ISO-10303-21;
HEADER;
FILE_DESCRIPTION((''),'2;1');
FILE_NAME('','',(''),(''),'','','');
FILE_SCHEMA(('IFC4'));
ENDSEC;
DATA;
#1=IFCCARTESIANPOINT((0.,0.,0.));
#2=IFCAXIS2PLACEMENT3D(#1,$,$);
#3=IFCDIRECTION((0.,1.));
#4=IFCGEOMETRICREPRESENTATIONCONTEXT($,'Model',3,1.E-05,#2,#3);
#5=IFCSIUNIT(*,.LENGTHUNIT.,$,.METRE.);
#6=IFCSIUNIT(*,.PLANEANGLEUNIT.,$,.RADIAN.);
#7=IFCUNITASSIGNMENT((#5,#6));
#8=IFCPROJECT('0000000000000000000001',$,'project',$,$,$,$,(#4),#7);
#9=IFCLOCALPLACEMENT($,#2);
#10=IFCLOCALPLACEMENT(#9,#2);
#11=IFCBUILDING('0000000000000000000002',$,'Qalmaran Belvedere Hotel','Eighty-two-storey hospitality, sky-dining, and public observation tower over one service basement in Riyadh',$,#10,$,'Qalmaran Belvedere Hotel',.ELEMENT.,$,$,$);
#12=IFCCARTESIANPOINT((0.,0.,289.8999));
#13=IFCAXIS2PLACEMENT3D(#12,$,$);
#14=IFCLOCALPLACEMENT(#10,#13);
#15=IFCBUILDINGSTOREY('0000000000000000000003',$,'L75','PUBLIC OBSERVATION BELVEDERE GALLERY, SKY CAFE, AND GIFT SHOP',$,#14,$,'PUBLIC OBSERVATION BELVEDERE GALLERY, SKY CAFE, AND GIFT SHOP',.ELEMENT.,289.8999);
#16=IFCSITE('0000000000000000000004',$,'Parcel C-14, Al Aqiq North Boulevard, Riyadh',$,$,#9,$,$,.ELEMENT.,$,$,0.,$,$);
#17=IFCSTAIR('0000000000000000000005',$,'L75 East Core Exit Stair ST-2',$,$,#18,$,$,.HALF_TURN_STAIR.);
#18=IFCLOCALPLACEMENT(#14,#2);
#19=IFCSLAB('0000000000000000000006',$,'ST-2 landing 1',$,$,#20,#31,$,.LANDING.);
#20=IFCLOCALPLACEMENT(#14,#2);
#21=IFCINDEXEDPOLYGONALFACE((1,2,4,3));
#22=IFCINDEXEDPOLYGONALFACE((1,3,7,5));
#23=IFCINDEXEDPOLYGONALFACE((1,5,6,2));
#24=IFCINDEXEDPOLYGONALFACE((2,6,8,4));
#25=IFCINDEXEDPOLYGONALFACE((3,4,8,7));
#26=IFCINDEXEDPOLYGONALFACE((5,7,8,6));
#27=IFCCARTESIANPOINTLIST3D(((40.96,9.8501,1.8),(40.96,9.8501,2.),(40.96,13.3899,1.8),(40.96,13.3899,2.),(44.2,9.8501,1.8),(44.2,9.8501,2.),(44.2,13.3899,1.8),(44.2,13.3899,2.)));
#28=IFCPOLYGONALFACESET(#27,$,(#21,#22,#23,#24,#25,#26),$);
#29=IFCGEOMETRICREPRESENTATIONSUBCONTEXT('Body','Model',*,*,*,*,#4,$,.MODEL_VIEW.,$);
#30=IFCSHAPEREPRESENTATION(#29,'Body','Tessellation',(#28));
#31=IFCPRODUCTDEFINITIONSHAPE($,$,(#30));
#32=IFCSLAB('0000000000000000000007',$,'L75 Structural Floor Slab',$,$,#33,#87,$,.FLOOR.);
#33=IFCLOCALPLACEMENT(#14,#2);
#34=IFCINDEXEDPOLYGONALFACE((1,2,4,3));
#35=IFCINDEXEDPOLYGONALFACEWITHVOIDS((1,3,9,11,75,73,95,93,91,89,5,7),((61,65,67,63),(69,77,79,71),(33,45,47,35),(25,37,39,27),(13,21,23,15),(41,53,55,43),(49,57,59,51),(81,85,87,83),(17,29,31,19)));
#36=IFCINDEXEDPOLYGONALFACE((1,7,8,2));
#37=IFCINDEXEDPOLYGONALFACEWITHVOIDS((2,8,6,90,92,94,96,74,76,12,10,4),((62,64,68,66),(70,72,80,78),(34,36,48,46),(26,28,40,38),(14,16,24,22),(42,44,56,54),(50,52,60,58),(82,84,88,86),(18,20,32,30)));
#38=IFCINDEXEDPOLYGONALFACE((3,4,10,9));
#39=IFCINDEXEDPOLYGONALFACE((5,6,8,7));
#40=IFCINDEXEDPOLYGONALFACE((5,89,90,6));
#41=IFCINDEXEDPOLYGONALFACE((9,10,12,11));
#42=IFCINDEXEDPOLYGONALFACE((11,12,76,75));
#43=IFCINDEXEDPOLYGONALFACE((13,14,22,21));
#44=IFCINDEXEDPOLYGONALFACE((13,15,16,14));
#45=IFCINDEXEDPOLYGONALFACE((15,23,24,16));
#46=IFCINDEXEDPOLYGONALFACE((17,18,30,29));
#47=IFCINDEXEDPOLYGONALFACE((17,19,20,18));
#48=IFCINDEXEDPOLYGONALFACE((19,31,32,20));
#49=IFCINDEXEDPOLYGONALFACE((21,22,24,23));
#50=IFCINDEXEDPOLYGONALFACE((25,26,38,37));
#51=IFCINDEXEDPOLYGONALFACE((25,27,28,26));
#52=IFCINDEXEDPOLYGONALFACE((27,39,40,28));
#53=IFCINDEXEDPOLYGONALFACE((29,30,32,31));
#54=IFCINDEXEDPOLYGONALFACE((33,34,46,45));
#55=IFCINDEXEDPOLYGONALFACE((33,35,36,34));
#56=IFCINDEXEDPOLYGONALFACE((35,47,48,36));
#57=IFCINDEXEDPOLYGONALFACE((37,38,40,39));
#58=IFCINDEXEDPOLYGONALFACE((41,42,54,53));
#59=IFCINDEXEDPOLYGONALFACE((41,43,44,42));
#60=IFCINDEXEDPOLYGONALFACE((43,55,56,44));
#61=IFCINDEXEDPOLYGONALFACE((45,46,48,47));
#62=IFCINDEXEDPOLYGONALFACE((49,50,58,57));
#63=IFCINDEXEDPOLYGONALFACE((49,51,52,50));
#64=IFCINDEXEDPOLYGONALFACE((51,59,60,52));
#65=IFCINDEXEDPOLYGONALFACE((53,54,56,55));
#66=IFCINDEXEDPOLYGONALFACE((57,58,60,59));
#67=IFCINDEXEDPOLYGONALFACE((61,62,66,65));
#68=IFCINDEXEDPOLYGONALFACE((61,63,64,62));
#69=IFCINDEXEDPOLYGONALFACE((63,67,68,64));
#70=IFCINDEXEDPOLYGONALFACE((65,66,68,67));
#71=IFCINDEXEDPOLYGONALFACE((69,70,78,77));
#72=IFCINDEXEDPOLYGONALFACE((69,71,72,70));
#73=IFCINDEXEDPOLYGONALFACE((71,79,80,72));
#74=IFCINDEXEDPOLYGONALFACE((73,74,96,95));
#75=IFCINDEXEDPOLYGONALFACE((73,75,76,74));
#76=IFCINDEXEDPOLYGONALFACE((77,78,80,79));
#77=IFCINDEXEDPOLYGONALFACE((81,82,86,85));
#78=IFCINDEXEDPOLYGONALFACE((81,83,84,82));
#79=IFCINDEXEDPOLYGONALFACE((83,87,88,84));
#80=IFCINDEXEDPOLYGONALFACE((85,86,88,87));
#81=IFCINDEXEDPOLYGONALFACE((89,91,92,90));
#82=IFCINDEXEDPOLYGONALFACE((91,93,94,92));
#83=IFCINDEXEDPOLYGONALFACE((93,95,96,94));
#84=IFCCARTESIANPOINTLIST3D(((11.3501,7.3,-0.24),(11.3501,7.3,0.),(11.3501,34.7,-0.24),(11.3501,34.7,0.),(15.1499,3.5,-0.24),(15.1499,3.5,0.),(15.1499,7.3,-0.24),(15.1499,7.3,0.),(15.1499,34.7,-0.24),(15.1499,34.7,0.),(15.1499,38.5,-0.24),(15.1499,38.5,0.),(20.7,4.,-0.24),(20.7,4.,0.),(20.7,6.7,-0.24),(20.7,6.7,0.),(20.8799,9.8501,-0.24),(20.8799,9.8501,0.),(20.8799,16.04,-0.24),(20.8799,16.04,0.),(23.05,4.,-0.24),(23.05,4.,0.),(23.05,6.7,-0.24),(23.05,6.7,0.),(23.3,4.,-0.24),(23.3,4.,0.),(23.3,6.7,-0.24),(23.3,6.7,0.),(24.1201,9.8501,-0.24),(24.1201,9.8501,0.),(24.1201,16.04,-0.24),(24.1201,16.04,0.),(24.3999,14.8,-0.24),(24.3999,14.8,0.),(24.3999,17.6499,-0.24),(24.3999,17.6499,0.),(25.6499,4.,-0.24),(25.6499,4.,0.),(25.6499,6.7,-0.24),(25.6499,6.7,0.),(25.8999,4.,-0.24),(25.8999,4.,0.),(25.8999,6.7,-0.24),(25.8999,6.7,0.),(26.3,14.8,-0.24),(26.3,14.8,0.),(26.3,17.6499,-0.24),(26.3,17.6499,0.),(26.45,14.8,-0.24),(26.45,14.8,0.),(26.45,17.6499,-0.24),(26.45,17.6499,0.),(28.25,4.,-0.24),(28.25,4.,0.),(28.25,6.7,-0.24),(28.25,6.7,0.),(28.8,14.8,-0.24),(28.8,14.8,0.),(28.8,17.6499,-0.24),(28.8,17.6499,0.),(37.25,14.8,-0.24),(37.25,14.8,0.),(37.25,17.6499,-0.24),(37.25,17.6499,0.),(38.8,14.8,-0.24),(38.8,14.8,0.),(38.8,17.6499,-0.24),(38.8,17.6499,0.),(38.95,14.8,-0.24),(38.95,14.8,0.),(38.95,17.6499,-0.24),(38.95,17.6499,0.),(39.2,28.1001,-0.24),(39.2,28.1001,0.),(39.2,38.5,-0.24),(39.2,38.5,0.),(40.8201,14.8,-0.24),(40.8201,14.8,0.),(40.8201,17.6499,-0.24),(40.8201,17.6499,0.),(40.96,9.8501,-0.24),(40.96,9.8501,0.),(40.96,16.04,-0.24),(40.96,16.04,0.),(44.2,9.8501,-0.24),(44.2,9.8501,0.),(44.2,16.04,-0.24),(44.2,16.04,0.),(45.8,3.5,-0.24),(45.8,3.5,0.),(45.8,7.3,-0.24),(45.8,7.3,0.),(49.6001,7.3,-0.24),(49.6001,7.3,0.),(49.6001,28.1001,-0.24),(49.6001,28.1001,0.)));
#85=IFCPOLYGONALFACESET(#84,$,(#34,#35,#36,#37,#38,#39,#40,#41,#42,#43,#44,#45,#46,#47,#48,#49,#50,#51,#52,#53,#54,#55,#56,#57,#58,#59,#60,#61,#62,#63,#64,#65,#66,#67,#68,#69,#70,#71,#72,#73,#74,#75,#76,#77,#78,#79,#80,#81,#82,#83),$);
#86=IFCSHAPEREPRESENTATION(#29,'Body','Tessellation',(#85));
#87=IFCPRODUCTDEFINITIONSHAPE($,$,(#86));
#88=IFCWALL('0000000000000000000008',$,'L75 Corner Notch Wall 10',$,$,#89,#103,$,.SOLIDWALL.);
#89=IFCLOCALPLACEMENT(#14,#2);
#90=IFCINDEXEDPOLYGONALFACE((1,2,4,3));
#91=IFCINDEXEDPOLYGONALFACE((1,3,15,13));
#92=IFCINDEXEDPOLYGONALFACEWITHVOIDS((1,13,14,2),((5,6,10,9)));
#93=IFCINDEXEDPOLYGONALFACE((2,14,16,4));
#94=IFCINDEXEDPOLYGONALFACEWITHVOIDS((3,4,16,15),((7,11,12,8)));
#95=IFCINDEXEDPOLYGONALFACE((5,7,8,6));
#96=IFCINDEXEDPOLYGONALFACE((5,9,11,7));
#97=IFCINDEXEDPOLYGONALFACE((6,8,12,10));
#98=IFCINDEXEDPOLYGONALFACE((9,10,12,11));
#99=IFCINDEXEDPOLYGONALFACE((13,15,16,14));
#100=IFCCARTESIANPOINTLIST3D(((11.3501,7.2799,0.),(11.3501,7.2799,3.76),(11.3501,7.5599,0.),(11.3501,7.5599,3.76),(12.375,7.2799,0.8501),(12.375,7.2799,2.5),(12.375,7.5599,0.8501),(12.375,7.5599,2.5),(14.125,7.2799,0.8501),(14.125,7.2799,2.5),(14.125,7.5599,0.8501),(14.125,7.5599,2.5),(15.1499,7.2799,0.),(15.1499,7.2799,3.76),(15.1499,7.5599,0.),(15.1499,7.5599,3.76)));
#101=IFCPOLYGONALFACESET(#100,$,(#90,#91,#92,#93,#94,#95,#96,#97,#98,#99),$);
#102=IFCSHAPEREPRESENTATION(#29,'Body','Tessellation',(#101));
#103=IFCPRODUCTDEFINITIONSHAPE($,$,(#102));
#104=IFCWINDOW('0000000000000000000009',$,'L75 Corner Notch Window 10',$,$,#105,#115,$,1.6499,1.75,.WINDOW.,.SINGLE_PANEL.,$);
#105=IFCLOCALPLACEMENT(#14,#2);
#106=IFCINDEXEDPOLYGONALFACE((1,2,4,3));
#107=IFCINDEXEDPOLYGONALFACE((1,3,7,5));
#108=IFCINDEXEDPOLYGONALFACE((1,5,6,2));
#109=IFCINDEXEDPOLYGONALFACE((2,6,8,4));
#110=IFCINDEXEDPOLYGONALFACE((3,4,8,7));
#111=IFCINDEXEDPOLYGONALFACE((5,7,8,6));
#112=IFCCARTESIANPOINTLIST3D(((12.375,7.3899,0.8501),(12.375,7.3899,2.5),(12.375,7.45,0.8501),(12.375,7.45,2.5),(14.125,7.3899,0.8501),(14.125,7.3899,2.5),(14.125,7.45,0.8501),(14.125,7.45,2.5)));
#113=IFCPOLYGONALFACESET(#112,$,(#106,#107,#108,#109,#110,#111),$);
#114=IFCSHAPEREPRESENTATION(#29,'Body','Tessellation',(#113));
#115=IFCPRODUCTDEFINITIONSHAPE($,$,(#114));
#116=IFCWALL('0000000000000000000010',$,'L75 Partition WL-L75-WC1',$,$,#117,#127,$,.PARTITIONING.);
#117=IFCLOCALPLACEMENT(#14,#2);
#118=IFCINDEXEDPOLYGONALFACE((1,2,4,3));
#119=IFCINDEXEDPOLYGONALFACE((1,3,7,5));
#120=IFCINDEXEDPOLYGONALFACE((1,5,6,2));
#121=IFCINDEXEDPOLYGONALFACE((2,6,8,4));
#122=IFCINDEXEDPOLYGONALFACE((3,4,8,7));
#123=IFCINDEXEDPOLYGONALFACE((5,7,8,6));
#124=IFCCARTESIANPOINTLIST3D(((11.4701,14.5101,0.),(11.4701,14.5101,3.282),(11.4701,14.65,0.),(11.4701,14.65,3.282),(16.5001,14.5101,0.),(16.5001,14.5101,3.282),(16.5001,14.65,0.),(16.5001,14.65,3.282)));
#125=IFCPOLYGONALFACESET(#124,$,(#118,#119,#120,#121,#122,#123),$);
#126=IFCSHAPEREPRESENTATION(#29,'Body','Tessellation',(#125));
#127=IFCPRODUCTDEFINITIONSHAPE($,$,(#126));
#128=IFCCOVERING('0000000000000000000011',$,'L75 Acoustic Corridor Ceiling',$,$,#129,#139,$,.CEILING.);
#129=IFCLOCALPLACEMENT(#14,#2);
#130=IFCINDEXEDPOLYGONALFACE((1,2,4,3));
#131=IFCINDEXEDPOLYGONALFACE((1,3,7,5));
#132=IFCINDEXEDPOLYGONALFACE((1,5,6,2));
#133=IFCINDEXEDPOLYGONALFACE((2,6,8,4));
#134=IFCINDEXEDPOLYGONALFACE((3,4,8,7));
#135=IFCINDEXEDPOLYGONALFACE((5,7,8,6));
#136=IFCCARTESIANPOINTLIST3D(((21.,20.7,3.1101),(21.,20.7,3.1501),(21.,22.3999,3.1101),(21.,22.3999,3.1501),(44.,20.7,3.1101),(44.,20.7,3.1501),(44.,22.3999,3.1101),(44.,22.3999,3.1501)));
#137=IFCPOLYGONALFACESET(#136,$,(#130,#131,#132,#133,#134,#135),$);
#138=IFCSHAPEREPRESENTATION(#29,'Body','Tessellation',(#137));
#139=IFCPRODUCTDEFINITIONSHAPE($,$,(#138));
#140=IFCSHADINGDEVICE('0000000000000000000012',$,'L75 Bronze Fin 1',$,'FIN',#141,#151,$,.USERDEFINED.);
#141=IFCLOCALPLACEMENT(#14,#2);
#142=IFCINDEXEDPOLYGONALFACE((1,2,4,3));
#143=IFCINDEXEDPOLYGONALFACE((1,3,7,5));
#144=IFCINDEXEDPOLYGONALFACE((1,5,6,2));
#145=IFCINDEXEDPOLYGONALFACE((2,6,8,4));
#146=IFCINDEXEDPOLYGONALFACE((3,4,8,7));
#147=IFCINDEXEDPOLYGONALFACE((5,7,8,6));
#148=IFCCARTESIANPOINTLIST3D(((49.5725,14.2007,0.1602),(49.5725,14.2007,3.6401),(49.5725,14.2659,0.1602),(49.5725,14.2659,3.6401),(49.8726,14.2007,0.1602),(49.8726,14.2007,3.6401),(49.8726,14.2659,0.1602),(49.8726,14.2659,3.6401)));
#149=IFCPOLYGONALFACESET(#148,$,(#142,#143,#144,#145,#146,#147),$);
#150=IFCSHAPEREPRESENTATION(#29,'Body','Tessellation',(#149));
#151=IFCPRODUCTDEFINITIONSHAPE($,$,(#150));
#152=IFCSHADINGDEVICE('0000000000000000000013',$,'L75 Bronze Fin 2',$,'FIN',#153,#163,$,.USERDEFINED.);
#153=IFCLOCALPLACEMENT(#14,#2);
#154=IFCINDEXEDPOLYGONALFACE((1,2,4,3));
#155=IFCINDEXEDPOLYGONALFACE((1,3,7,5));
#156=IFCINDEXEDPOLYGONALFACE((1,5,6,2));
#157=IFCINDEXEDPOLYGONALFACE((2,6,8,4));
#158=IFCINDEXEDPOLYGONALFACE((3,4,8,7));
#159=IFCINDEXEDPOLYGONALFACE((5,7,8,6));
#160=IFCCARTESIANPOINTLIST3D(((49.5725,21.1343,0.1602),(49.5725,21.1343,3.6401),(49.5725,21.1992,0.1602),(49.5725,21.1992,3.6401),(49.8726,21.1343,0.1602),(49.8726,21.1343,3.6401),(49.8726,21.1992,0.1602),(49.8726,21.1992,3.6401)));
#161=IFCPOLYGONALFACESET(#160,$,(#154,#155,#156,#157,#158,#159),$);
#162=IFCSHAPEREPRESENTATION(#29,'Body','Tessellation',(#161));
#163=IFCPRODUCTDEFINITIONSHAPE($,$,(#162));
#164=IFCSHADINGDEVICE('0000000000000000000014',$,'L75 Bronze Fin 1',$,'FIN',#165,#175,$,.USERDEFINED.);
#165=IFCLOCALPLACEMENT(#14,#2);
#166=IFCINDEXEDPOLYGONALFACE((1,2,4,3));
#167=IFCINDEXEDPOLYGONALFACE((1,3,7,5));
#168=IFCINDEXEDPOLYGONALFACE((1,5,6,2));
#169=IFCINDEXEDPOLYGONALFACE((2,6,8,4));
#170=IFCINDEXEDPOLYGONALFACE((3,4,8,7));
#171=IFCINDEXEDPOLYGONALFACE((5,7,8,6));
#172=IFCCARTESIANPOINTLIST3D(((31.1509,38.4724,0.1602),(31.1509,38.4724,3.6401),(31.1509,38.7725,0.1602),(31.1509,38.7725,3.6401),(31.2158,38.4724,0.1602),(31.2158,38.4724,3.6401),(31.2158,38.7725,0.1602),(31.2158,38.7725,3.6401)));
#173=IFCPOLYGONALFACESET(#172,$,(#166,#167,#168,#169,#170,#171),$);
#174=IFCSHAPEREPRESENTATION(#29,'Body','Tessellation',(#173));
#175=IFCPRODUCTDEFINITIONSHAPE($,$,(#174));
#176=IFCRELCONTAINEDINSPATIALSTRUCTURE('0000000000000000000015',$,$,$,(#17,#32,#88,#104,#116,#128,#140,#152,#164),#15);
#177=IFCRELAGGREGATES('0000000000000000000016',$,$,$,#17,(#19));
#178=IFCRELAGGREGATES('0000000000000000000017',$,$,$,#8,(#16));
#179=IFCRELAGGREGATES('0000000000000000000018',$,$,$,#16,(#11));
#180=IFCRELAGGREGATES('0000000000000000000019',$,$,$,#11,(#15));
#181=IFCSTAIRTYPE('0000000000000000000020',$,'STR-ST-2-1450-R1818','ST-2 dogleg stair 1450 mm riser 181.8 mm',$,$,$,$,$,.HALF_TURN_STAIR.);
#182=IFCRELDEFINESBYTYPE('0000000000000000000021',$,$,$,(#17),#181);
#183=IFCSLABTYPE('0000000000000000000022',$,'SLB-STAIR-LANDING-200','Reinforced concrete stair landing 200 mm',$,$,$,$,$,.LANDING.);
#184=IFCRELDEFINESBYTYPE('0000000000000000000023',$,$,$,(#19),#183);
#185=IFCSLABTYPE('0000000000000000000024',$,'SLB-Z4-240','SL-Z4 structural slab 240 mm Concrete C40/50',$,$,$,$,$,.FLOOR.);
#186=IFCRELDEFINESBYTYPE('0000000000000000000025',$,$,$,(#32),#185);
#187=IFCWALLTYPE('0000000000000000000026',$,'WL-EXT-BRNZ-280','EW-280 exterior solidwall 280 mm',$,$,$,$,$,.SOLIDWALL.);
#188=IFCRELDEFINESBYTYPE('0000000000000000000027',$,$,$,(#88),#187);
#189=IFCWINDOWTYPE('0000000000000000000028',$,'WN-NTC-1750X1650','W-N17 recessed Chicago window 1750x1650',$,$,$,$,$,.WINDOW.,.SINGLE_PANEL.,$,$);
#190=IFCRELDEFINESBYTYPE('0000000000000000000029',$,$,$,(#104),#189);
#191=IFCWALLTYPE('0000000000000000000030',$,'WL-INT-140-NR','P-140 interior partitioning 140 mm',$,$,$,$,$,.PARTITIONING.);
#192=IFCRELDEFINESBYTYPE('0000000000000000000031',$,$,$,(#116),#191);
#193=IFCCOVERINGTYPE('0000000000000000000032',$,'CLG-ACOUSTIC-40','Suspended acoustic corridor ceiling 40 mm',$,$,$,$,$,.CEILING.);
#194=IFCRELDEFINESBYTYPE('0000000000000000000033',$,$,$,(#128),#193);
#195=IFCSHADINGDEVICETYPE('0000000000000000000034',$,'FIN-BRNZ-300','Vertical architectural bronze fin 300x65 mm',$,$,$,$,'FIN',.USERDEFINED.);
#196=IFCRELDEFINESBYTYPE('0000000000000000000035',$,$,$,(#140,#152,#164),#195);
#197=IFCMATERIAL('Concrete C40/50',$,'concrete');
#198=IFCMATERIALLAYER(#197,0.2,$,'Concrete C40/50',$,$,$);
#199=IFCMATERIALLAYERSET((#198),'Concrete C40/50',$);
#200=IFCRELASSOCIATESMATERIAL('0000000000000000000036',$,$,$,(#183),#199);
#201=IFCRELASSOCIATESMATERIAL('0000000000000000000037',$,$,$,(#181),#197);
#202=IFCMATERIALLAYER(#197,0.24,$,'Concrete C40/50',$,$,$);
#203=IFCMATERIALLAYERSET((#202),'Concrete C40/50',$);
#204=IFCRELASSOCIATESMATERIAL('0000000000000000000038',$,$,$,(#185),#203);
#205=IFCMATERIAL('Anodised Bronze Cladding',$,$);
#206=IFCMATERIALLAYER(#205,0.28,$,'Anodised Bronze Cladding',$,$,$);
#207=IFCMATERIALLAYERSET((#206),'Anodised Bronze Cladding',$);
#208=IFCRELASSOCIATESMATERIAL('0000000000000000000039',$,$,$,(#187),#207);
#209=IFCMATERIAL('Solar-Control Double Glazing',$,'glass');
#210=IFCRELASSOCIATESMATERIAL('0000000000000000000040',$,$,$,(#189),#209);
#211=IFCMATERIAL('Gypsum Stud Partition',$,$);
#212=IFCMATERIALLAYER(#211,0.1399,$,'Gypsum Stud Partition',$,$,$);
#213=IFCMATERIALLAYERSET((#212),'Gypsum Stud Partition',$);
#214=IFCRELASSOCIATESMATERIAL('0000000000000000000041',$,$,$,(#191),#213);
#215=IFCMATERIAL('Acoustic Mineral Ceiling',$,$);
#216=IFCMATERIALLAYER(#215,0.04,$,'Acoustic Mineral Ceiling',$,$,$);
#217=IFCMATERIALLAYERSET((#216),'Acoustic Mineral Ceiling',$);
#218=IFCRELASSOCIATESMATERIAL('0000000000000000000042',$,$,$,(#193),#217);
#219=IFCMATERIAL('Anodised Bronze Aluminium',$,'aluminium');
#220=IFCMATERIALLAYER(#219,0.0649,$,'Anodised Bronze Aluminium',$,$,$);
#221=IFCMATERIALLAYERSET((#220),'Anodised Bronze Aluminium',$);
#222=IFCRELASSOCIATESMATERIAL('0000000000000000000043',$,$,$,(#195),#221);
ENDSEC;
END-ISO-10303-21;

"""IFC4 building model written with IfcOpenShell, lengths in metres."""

from ifc_helpers import new_model, si_unit, direction, frame, frame_2d, origin, place, context, subcontext, project, spatial, polyline, rectangle, outline, extrude, material, layer, layer_set, type_object, element, fill, aggregate, save


model = new_model("IFC4")

# Units and contexts
model_context = context("Model", 3, precision=1e-05, world=origin(), true_north=direction((0.0, 1.0)))
body_context = subcontext(model_context, "Body", "Model", "MODEL_VIEW")
ifc_project = project(units=[si_unit("LENGTHUNIT", "METRE"), si_unit("PLANEANGLEUNIT", "RADIAN")], contexts=[model_context])

# Site, building, storey
site_placement = place(None, origin())
site = spatial("IfcSite", under=ifc_project, at=site_placement, Name="Parcel C-14, Al Aqiq North Boulevard, Riyadh", CompositionType="ELEMENT", RefElevation=0.0)
building_placement = place(site_placement, origin())
building = spatial("IfcBuilding", under=site, at=building_placement, Name="Qalmaran Belvedere Hotel", Description="Eighty-two-storey hospitality, sky-dining, and public observation tower over one service basement in Riyadh", LongName="Qalmaran Belvedere Hotel", CompositionType="ELEMENT")
storey_placement = place(building_placement, frame((0.0, 0.0, 289.8999)))
storey = spatial("IfcBuildingStorey", under=building, at=storey_placement, Name="L75", Description="PUBLIC OBSERVATION BELVEDERE GALLERY, SKY CAFE, AND GIFT SHOP", LongName="PUBLIC OBSERVATION BELVEDERE GALLERY, SKY CAFE, AND GIFT SHOP", CompositionType="ELEMENT", Elevation=289.8999)

# Shared definitions
ifc_material_1 = material(Name="Anodised Bronze Aluminium", Category="aluminium")

# Shared definitions
ifc_material_2 = material(Name="Solar-Control Double Glazing", Category="glass")

# Stair, slab
ifc_material_3 = material(Name="Concrete C40/50", Category="concrete")
ifc_layer_1 = layer(ifc_material_3, 0.2, Name="Concrete C40/50")
ifc_layer_set_1 = layer_set([ifc_layer_1], Name="Concrete C40/50")
slab_type_1 = type_object("IfcSlabType", Name="SLB-STAIR-LANDING-200", Description="Reinforced concrete stair landing 200 mm", PredefinedType="LANDING", material=ifc_layer_set_1)
stair_type_1 = type_object("IfcStairType", Name="STR-ST-2-1450-R1818", Description="ST-2 dogleg stair 1450 mm riser 181.8 mm", PredefinedType="HALF_TURN_STAIR", material=ifc_material_3)
stair_1_placement = place(storey_placement, origin())
stair_1 = element("IfcStair", 1, at=stair_1_placement, inside=storey, type_object=stair_type_1, Name="L75 East Core Exit Stair ST-2", PredefinedType="HALF_TURN_STAIR")
slab_1_placement = place(storey_placement, frame((0.0, 0.0, 1.8)))
slab_1 = element("IfcSlab", 2, at=slab_1_placement, type_object=slab_type_1, Name="ST-2 landing 1", PredefinedType="LANDING", context=body_context, shape_type="SweptSolid", body=[
    extrude(outline(polyline([(40.96, 13.3899), (40.96, 9.8501), (44.2, 9.8501), (44.2, 13.3899), (40.96, 13.3899)])), origin(), (0.0, 0.0, 1.0), 0.2),
])
aggregate(stair_1, [slab_1])

# Slab
ifc_layer_2 = layer(ifc_material_3, 0.24, Name="Concrete C40/50")
ifc_layer_set_2 = layer_set([ifc_layer_2], Name="Concrete C40/50")
slab_type_2 = type_object("IfcSlabType", Name="SLB-Z4-240", Description="SL-Z4 structural slab 240 mm Concrete C40/50", PredefinedType="FLOOR", material=ifc_layer_set_2)
slab_2_placement = place(storey_placement, frame((0.0, 0.0, -0.24)))
element("IfcSlab", 3, at=slab_2_placement, inside=storey, type_object=slab_type_2, Name="L75 Structural Floor Slab", PredefinedType="FLOOR", context=body_context, shape_type="SweptSolid", body=[
    extrude(outline(polyline([(15.1499, 3.5), (45.8, 3.5), (45.8, 7.3), (49.6001, 7.3), (49.6001, 28.1001), (39.2, 28.1001), (39.2, 38.5), (15.1499, 38.5), (15.1499, 34.7), (11.3501, 34.7), (11.3501, 7.3), (15.1499, 7.3), (15.1499, 3.5)]), holes=[polyline([(20.8799, 9.8501), (24.1201, 9.8501), (24.1201, 16.04), (20.8799, 16.04), (20.8799, 9.8501)]), polyline([(40.96, 9.8501), (44.2, 9.8501), (44.2, 16.04), (40.96, 16.04), (40.96, 9.8501)]), polyline([(20.7, 4.0), (23.05, 4.0), (23.05, 6.7), (20.7, 6.7), (20.7, 4.0)]), polyline([(23.3, 4.0), (25.6499, 4.0), (25.6499, 6.7), (23.3, 6.7), (23.3, 4.0)]), polyline([(25.8999, 4.0), (28.25, 4.0), (28.25, 6.7), (25.8999, 6.7), (25.8999, 4.0)]), polyline([(24.3999, 14.8), (26.3, 14.8), (26.3, 17.6499), (24.3999, 17.6499), (24.3999, 14.8)]), polyline([(38.95, 14.8), (40.8201, 14.8), (40.8201, 17.6499), (38.95, 17.6499), (38.95, 14.8)]), polyline([(26.45, 14.8), (28.8, 14.8), (28.8, 17.6499), (26.45, 17.6499), (26.45, 14.8)]), polyline([(37.25, 14.8), (38.8, 14.8), (38.8, 17.6499), (37.25, 17.6499), (37.25, 14.8)])]), origin(), (0.0, 0.0, 1.0), 0.24),
])

# Wall, opening, window
ifc_material_4 = material(Name="Anodised Bronze Cladding")
ifc_layer_3 = layer(ifc_material_4, 0.28, Name="Anodised Bronze Cladding")
ifc_layer_set_3 = layer_set([ifc_layer_3], Name="Anodised Bronze Cladding")
wall_type_1 = type_object("IfcWallType", Name="WL-EXT-BRNZ-280", Description="EW-280 exterior solidwall 280 mm", PredefinedType="SOLIDWALL", material=ifc_layer_set_3)
wall_1_placement = place(storey_placement, frame((11.3501, 7.4199, 0.0), z_axis=(0.0, 0.0, 1.0), x_axis=(1.0, 0.0, 0.0)))
wall_1 = element("IfcWall", 4, at=wall_1_placement, inside=storey, type_object=wall_type_1, Name="L75 Corner Notch Wall 10", PredefinedType="SOLIDWALL", context=body_context, shape_type="SweptSolid", body=[
    extrude(rectangle(XDim=3.7998, YDim=0.28, at=frame_2d((1.8999, 0.0))), origin(), (0.0, 0.0, 1.0), 3.76),
])
opening_placement = place(wall_1_placement, frame((1.0249, 0.0, 0.8501)))
opening = element("IfcOpeningElement", 5, at=opening_placement, cuts=wall_1, PredefinedType="OPENING", context=body_context, shape_type="SweptSolid", body=[
    extrude(rectangle(XDim=1.75, YDim=1.6499, at=frame_2d((0.875, 0.825))), frame((0.0, 0.1499, 0.0), z_axis=(0.0, -1.0, 0.0), x_axis=(1.0, 0.0, 0.0)), (0.0, 0.0, 1.0), 0.3),
])
window_type = type_object("IfcWindowType", Name="WN-NTC-1750X1650", Description="W-N17 recessed Chicago window 1750x1650", PartitioningType="SINGLE_PANEL", PredefinedType="WINDOW", material=ifc_material_2)
window_placement = place(opening_placement, origin())
window = element("IfcWindow", 6, at=window_placement, inside=storey, type_object=window_type, Name="L75 Corner Notch Window 10", OverallHeight=1.6499, OverallWidth=1.75, PartitioningType="SINGLE_PANEL", PredefinedType="WINDOW", context=body_context, shape_type="SweptSolid", body=[
    extrude(rectangle(XDim=1.75, YDim=1.6499, at=frame_2d((0.875, 0.825))), frame((0.0, 0.03, 0.0), z_axis=(0.0, -1.0, 0.0), x_axis=(1.0, 0.0, 0.0)), (0.0, 0.0, 1.0), 0.0601),
])
fill(opening, window)

# Wall
ifc_material_5 = material(Name="Gypsum Stud Partition")
ifc_layer_4 = layer(ifc_material_5, 0.1399, Name="Gypsum Stud Partition")
ifc_layer_set_4 = layer_set([ifc_layer_4], Name="Gypsum Stud Partition")
wall_type_2 = type_object("IfcWallType", Name="WL-INT-140-NR", Description="P-140 interior partitioning 140 mm", PredefinedType="PARTITIONING", material=ifc_layer_set_4)
wall_2_placement = place(storey_placement, frame((11.47, 14.5801, 0.0), z_axis=(0.0, 0.0, 1.0), x_axis=(1.0, 0.0, 0.0)))
element("IfcWall", 7, at=wall_2_placement, inside=storey, type_object=wall_type_2, Name="L75 Partition WL-L75-WC1", PredefinedType="PARTITIONING", context=body_context, shape_type="SweptSolid", body=[
    extrude(rectangle(XDim=5.03, YDim=0.1399, at=frame_2d((2.5151, 0.0))), origin(), (0.0, 0.0, 1.0), 3.282),
])

# Covering
ifc_material_6 = material(Name="Acoustic Mineral Ceiling")
ifc_layer_5 = layer(ifc_material_6, 0.04, Name="Acoustic Mineral Ceiling")
ifc_layer_set_5 = layer_set([ifc_layer_5], Name="Acoustic Mineral Ceiling")
covering_type_1 = type_object("IfcCoveringType", Name="CLG-ACOUSTIC-40", Description="Suspended acoustic corridor ceiling 40 mm", PredefinedType="CEILING", material=ifc_layer_set_5)
covering_1_placement = place(storey_placement, frame((0.0, 0.0, 3.1101)))
element("IfcCovering", 8, at=covering_1_placement, inside=storey, type_object=covering_type_1, Name="L75 Acoustic Corridor Ceiling", PredefinedType="CEILING", context=body_context, shape_type="SweptSolid", body=[
    extrude(outline(polyline([(21.0, 20.7), (44.0, 20.7), (44.0, 22.3999), (21.0, 22.3999), (21.0, 20.7)])), origin(), (0.0, 0.0, 1.0), 0.04),
])

# Shading devices
ifc_layer_6 = layer(ifc_material_1, 0.0649, Name="Anodised Bronze Aluminium")
ifc_layer_set_6 = layer_set([ifc_layer_6], Name="Anodised Bronze Aluminium")
shading_device_type = type_object("IfcShadingDeviceType", Name="FIN-BRNZ-300", Description="Vertical architectural bronze fin 300x65 mm", ElementType="FIN", PredefinedType="USERDEFINED", material=ifc_layer_set_6)
shading_device_1_placement = place(storey_placement, frame((0.0, 0.0, 0.1602)))
element("IfcShadingDevice", 9, at=shading_device_1_placement, inside=storey, type_object=shading_device_type, Name="L75 Bronze Fin 1", ObjectType="FIN", PredefinedType="USERDEFINED", context=body_context, shape_type="SweptSolid", body=[
    extrude(outline(polyline([(49.5725, 14.2007), (49.8726, 14.2007), (49.8726, 14.2659), (49.5725, 14.2659), (49.5725, 14.2007)])), origin(), (0.0, 0.0, 1.0), 3.48),
])
shading_device_2_placement = place(storey_placement, frame((0.0, 0.0, 0.1602)))
element("IfcShadingDevice", 10, at=shading_device_2_placement, inside=storey, type_object=shading_device_type, Name="L75 Bronze Fin 2", ObjectType="FIN", PredefinedType="USERDEFINED", context=body_context, shape_type="SweptSolid", body=[
    extrude(outline(polyline([(49.5725, 21.1343), (49.8726, 21.1343), (49.8726, 21.1992), (49.5725, 21.1992), (49.5725, 21.1343)])), origin(), (0.0, 0.0, 1.0), 3.48),
])
shading_device_3_placement = place(storey_placement, frame((0.0, 0.0, 0.1602)))
element("IfcShadingDevice", 11, at=shading_device_3_placement, inside=storey, type_object=shading_device_type, Name="L75 Bronze Fin 1", ObjectType="FIN", PredefinedType="USERDEFINED", context=body_context, shape_type="SweptSolid", body=[
    extrude(outline(polyline([(31.2158, 38.4724), (31.2158, 38.7725), (31.1509, 38.7725), (31.1509, 38.4724), (31.2158, 38.4724)])), origin(), (0.0, 0.0, 1.0), 3.48),
])

save(model, "model.ifc")
